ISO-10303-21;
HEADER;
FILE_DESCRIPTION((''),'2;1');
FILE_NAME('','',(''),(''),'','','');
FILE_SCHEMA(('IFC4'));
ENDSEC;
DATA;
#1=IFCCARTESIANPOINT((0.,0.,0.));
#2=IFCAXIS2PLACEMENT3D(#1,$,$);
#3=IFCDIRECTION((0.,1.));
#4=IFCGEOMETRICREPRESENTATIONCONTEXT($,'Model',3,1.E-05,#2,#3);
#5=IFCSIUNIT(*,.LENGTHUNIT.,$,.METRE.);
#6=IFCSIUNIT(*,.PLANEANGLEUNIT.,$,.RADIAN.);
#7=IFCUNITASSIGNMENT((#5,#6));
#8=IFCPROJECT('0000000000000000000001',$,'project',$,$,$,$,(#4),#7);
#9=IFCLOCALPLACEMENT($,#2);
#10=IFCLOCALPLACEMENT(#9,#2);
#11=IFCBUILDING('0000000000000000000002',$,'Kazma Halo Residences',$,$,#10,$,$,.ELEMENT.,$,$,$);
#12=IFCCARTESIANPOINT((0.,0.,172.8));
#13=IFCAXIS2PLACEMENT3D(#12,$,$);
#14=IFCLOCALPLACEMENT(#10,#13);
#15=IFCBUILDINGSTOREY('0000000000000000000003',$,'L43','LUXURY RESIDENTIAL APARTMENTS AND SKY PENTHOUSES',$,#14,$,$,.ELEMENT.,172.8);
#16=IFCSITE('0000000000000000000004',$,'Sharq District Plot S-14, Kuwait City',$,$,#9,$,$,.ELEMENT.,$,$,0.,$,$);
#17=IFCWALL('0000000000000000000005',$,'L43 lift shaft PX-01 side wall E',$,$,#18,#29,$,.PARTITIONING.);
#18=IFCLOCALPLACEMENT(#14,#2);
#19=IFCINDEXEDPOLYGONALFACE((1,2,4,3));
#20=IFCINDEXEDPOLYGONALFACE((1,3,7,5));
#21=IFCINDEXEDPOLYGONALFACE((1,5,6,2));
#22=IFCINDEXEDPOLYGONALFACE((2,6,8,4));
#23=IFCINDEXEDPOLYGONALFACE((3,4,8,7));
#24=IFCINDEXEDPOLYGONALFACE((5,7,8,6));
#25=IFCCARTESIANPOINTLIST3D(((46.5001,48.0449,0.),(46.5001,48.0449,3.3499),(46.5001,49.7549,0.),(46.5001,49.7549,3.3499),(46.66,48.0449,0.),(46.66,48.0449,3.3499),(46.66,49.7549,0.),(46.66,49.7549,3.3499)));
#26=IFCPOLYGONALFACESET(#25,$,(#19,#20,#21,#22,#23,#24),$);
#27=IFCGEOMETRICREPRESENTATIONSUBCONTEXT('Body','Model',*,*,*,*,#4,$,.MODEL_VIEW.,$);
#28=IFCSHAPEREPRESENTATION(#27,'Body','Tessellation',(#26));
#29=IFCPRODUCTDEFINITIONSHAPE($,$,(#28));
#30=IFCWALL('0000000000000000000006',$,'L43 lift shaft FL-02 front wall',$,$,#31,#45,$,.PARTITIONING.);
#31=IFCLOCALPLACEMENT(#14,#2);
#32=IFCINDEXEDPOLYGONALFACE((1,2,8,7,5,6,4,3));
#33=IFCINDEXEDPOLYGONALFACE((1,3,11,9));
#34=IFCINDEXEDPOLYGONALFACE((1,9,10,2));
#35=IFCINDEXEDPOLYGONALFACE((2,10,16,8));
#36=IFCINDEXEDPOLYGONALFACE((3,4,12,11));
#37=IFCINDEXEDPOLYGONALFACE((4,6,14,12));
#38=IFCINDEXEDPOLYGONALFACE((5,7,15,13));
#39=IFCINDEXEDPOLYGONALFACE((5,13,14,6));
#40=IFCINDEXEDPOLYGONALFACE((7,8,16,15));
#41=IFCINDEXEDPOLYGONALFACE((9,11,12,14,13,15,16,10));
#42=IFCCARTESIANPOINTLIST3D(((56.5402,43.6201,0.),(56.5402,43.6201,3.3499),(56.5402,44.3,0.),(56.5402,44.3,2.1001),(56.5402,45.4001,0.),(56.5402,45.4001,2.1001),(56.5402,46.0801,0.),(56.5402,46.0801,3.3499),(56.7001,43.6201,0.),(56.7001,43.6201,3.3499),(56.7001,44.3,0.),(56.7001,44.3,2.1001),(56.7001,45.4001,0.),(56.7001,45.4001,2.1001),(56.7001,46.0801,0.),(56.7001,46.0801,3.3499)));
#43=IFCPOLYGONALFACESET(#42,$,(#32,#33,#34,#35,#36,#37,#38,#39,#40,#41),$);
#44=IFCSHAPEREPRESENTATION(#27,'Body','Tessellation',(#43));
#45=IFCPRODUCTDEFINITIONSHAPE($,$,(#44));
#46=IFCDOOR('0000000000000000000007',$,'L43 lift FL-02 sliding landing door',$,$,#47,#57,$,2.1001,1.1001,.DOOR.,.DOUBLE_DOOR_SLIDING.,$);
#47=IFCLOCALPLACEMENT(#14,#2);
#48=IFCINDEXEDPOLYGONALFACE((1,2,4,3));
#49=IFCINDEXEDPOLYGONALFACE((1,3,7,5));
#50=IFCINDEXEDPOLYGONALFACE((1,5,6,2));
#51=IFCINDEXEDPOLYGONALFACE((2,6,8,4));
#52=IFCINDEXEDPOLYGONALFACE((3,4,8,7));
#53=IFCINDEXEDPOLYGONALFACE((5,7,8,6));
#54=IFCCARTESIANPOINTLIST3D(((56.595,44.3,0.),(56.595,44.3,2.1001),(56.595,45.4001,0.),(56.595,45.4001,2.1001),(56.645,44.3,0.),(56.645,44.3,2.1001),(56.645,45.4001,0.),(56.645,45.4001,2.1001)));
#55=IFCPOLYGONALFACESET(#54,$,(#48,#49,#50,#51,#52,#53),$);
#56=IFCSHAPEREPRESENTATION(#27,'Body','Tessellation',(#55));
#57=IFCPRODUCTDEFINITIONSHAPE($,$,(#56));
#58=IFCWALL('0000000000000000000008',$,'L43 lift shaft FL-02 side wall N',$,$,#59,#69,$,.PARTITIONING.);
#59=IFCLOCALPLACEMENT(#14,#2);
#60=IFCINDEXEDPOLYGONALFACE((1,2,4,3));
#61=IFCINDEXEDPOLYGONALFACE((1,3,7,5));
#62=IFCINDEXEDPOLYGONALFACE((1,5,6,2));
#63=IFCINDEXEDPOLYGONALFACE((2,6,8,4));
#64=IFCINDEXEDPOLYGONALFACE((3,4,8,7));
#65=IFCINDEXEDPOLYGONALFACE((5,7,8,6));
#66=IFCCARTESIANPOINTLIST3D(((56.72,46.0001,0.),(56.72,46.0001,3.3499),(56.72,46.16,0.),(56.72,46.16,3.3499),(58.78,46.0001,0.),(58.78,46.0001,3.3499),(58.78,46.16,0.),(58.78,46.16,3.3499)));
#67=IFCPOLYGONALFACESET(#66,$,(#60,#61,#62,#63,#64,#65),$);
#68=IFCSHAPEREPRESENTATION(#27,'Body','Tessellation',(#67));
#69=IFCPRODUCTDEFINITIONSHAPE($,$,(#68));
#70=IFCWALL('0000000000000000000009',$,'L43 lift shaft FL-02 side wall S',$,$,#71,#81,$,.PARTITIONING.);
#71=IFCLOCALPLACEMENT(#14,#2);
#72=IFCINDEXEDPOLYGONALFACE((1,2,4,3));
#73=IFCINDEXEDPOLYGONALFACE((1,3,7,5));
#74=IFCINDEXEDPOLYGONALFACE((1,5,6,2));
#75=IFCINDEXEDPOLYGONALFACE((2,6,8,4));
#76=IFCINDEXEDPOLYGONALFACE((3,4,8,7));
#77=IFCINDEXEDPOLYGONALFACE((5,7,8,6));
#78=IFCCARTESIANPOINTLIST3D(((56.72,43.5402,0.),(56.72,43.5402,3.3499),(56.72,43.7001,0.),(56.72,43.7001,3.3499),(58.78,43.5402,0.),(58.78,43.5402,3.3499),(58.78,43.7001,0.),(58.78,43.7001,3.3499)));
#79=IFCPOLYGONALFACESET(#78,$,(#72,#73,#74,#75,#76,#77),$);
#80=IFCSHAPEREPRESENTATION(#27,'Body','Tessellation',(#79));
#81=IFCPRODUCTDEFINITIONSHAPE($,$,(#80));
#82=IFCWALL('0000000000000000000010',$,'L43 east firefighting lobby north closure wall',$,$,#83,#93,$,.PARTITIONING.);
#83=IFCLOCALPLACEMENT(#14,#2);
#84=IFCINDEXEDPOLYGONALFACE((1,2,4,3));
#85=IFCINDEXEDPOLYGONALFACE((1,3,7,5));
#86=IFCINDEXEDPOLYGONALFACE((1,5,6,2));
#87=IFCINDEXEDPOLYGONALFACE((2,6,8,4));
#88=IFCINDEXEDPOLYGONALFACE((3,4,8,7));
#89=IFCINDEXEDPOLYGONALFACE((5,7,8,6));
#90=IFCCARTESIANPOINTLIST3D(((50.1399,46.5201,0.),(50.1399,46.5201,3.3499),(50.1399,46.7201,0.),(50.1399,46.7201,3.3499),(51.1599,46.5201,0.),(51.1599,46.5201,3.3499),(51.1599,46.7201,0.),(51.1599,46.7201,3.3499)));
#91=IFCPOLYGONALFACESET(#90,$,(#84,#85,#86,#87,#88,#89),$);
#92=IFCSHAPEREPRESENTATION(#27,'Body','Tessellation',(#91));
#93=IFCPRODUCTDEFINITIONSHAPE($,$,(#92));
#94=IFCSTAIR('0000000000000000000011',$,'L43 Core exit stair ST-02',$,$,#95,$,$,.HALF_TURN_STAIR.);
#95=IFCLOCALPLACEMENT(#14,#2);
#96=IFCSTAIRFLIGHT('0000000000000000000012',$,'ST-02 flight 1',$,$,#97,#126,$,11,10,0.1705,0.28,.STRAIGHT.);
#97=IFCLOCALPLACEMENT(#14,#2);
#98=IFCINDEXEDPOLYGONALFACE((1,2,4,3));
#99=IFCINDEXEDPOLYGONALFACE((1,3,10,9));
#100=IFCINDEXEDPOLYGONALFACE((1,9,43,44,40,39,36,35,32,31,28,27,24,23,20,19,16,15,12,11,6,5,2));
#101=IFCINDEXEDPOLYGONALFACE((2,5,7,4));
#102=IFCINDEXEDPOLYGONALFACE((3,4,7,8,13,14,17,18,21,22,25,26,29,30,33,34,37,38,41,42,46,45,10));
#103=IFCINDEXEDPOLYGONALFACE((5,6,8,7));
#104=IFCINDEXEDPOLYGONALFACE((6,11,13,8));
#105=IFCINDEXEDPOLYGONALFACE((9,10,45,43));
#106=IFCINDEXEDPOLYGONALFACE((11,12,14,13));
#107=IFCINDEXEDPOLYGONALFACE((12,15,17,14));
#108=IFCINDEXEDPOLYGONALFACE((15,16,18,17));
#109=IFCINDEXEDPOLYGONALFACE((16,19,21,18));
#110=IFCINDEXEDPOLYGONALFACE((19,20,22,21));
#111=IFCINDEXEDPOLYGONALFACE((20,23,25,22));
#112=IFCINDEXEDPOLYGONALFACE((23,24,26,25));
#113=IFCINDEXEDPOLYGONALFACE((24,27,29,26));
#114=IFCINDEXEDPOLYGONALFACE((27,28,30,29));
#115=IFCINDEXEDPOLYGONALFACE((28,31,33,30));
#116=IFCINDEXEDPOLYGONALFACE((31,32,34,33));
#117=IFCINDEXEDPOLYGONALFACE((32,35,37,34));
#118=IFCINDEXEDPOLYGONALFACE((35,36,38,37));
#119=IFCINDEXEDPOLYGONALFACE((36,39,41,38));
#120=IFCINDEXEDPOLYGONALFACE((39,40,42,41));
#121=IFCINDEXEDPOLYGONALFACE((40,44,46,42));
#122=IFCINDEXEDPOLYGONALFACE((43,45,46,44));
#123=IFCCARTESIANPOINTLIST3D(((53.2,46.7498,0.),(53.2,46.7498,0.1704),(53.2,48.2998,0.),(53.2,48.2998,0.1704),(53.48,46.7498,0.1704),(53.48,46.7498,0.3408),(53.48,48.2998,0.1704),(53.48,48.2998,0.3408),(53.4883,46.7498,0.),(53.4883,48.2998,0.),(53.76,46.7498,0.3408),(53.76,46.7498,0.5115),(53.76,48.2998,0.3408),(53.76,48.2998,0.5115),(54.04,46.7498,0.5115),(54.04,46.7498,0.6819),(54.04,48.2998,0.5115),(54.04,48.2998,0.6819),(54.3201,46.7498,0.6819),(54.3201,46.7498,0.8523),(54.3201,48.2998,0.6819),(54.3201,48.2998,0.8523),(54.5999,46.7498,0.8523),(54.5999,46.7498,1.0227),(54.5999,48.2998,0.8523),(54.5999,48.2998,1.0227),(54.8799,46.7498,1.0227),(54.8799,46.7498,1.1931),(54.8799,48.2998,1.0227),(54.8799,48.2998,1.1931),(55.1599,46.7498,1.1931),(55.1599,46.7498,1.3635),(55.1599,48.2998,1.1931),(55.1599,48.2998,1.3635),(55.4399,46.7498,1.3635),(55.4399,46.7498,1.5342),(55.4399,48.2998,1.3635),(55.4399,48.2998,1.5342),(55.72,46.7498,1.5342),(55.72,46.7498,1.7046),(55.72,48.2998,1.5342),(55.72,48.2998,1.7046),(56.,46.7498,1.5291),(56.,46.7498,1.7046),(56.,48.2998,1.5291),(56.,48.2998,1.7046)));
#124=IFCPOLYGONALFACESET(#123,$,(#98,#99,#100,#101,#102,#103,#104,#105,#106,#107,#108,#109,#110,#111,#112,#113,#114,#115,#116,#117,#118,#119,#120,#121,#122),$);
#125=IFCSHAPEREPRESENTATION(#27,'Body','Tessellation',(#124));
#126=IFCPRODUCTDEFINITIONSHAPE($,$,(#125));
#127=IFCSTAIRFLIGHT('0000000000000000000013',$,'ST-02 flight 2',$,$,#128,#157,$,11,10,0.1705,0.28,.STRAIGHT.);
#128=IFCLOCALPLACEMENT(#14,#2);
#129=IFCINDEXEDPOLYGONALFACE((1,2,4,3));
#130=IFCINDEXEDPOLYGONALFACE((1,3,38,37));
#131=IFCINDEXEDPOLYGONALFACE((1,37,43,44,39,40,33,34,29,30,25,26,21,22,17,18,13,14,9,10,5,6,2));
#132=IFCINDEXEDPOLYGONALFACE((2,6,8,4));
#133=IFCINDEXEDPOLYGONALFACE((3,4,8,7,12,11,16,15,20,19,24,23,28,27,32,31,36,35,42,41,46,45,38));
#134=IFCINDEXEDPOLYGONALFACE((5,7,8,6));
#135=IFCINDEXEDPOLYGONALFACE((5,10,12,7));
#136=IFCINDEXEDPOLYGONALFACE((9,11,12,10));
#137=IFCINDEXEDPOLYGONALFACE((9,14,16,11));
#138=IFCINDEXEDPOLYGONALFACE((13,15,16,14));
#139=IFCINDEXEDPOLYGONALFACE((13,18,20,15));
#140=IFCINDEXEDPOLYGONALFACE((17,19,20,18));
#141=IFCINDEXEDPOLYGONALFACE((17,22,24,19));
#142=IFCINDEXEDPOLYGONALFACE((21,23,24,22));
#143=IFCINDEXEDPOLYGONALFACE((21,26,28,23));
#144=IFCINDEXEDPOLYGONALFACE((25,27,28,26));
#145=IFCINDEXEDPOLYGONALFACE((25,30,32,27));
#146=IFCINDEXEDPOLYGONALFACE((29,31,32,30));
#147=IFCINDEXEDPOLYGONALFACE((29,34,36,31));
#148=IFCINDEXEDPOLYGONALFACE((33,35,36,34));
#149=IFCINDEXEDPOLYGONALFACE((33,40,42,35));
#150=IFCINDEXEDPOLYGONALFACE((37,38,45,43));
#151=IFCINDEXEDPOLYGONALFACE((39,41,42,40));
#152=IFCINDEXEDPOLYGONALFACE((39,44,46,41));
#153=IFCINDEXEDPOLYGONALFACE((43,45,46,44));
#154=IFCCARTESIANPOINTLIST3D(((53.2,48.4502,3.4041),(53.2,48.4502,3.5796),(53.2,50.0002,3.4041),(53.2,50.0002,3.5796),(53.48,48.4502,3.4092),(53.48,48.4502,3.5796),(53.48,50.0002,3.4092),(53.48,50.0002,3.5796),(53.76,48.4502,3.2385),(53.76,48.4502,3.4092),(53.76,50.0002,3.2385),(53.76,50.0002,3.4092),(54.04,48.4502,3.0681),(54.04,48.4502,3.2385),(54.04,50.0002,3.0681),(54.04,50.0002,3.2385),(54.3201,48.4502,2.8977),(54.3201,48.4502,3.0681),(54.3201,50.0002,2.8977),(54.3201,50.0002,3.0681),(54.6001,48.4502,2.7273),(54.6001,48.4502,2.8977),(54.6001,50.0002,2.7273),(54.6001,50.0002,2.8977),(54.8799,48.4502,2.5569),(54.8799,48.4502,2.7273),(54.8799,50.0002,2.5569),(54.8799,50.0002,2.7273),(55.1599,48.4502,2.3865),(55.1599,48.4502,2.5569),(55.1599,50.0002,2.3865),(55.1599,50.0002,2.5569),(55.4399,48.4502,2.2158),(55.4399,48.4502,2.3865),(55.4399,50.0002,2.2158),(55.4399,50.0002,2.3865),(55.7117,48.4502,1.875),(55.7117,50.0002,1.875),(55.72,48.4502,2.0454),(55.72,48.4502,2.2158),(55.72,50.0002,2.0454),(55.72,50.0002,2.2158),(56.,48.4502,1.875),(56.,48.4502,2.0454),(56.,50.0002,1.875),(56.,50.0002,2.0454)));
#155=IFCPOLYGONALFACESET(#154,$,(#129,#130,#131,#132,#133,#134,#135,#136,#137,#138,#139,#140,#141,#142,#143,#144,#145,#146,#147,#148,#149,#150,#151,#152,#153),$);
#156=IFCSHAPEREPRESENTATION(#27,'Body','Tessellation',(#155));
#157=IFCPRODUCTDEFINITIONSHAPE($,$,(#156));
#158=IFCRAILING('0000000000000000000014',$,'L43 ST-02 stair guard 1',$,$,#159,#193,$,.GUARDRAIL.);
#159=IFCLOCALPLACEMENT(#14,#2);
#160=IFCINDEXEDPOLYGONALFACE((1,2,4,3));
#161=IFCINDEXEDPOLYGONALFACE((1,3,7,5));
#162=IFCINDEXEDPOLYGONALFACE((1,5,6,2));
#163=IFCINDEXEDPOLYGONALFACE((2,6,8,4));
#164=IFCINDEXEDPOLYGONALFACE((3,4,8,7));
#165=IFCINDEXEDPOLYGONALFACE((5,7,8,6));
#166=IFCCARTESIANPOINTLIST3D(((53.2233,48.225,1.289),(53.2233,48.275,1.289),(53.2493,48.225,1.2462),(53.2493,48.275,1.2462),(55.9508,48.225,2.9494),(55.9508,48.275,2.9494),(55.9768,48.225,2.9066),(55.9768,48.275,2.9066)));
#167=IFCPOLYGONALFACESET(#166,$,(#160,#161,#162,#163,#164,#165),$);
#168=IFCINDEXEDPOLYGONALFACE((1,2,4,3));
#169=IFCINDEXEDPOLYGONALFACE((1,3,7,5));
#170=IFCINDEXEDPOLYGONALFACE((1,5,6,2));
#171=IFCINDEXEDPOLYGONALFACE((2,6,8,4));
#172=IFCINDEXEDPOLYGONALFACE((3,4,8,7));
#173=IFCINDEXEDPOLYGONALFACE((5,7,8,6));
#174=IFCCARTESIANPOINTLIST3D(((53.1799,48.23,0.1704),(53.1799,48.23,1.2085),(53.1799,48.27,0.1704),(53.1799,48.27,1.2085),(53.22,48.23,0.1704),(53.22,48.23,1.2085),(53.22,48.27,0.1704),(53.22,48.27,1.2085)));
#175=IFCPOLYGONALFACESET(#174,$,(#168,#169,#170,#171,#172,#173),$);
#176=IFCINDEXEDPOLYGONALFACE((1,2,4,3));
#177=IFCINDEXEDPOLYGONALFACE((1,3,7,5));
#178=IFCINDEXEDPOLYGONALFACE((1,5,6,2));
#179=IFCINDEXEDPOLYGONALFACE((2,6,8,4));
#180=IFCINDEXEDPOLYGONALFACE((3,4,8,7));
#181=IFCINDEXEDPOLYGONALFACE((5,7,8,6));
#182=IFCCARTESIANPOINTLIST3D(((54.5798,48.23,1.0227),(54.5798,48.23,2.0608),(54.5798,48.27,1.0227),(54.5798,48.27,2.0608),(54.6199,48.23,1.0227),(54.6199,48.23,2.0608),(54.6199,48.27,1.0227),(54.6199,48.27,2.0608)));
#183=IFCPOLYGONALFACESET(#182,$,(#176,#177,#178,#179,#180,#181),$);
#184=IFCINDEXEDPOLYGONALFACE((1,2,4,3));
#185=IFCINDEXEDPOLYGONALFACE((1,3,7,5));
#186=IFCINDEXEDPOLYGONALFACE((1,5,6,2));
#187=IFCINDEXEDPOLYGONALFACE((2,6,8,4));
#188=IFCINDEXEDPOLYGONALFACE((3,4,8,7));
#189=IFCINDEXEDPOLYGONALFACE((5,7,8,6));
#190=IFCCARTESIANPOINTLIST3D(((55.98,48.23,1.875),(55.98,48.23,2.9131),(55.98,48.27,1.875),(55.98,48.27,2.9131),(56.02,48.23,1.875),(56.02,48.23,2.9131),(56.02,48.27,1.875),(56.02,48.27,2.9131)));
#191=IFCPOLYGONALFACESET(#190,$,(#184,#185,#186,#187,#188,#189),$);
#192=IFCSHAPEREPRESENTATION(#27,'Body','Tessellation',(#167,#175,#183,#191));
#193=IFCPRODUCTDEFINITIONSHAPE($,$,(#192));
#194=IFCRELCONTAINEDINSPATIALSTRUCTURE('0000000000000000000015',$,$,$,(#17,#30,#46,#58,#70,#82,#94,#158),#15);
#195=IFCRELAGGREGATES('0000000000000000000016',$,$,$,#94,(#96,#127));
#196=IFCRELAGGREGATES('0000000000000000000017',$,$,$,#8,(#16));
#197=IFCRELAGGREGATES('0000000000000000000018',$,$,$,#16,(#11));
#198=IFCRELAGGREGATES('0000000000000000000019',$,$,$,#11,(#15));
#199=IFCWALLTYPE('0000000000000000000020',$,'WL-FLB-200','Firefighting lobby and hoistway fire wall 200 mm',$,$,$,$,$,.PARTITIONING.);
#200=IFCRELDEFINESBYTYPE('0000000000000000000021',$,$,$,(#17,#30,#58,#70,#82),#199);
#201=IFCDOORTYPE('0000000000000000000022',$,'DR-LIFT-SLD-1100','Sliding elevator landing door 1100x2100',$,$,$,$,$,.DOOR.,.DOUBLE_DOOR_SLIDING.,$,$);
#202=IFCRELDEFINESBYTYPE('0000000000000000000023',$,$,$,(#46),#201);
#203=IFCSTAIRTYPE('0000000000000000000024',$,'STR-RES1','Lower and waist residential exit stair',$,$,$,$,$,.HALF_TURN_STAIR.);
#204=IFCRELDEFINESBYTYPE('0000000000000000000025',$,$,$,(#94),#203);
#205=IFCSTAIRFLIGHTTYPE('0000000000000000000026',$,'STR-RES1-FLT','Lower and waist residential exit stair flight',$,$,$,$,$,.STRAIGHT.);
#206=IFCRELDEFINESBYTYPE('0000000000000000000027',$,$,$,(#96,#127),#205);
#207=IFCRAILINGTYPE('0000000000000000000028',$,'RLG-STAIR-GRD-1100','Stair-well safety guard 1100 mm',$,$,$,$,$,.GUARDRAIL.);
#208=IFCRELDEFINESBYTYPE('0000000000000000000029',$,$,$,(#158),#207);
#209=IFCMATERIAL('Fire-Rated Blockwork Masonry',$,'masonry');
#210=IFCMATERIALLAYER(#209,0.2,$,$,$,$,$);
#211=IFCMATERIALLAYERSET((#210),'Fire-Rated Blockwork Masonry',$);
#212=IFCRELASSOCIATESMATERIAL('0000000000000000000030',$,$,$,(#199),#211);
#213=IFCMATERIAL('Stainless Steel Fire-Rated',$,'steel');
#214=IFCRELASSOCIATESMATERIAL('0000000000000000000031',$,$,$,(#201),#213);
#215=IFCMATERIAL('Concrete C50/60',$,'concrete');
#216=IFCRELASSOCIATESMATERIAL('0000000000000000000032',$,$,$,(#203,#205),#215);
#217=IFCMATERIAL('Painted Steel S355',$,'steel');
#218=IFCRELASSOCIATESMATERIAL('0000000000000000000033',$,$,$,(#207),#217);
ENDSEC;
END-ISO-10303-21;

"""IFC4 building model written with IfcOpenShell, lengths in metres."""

from ifc_helpers import new_model, si_unit, direction, frame, frame_2d, origin, origin_2d, place, context, subcontext, project, spatial, polyline, rectangle, outline, extrude, material, layer, layer_set, type_object, element, fill, aggregate, save


model = new_model("IFC4")

# Units and contexts
model_context = context("Model", 3, precision=1e-05, world=origin(), true_north=direction((0.0, 1.0)))
body_context = subcontext(model_context, "Body", "Model", "MODEL_VIEW")
ifc_project = project(units=[si_unit("LENGTHUNIT", "METRE"), si_unit("PLANEANGLEUNIT", "RADIAN")], contexts=[model_context])

# Site, building, storey
site_placement = place(None, origin())
site = spatial("IfcSite", under=ifc_project, at=site_placement, Name="Sharq District Plot S-14, Kuwait City", CompositionType="ELEMENT", RefElevation=0.0)
building_placement = place(site_placement, origin())
building = spatial("IfcBuilding", under=site, at=building_placement, Name="Kazma Halo Residences", CompositionType="ELEMENT")
storey_placement = place(building_placement, frame((0.0, 0.0, 172.8)))
storey = spatial("IfcBuildingStorey", under=building, at=storey_placement, Name="L43", Description="LUXURY RESIDENTIAL APARTMENTS AND SKY PENTHOUSES", CompositionType="ELEMENT", Elevation=172.8)

# Wall
ifc_material_1 = material(Name="Fire-Rated Blockwork Masonry", Category="masonry")
ifc_layer_1 = layer(ifc_material_1, 0.2)
ifc_layer_set_1 = layer_set([ifc_layer_1], Name="Fire-Rated Blockwork Masonry")
wall_type_1 = type_object("IfcWallType", Name="WL-FLB-200", Description="Firefighting lobby and hoistway fire wall 200 mm", PredefinedType="PARTITIONING", material=ifc_layer_set_1)
wall_1_placement = place(storey_placement, frame((46.5801, 48.0449, 0.0), z_axis=(0.0, 0.0, 1.0), x_axis=(0.0, 1.0, 0.0)))
element("IfcWall", 1, at=wall_1_placement, inside=storey, type_object=wall_type_1, Name="L43 lift shaft PX-01 side wall E", PredefinedType="PARTITIONING", context=body_context, shape_type="SweptSolid", body=[
    extrude(rectangle(XDim=1.71, YDim=0.1599, at=frame_2d((0.855, 0.0))), origin(), (0.0, 0.0, 1.0), 3.3499),
])

# Wall, opening, door
wall_2_placement = place(storey_placement, frame((56.6201, 46.0801, 0.0), z_axis=(0.0, 0.0, 1.0), x_axis=(0.0, -1.0, 0.0)))
wall_2 = element("IfcWall", 2, at=wall_2_placement, inside=storey, type_object=wall_type_1, Name="L43 lift shaft FL-02 front wall", PredefinedType="PARTITIONING", context=body_context, shape_type="SweptSolid", body=[
    extrude(rectangle(XDim=2.46, YDim=0.1599, at=frame_2d((1.23, 0.0))), origin(), (0.0, 0.0, 1.0), 3.3499),
])
opening_1_placement = place(wall_2_placement, frame((0.6799, 0.0, 0.0)))
opening_1 = element("IfcOpeningElement", 3, at=opening_1_placement, cuts=wall_2, PredefinedType="OPENING", context=body_context, shape_type="SweptSolid", body=[
    extrude(rectangle(XDim=1.1001, YDim=2.1001, at=frame_2d((0.55, 1.05))), frame((0.0, 0.0898, 0.0), z_axis=(0.0, -1.0, 0.0), x_axis=(1.0, 0.0, 0.0)), (0.0, 0.0, 1.0), 0.1799),
])
ifc_material_2 = material(Name="Stainless Steel Fire-Rated", Category="steel")
door_type_1 = type_object("IfcDoorType", Name="DR-LIFT-SLD-1100", Description="Sliding elevator landing door 1100x2100", OperationType="DOUBLE_DOOR_SLIDING", PredefinedType="DOOR", material=ifc_material_2)
door_1_placement = place(opening_1_placement, origin())
door_1 = element("IfcDoor", 4, at=door_1_placement, inside=storey, type_object=door_type_1, Name="L43 lift FL-02 sliding landing door", OperationType="DOUBLE_DOOR_SLIDING", OverallHeight=2.1001, OverallWidth=1.1001, PredefinedType="DOOR", context=body_context, shape_type="SweptSolid", body=[
    extrude(rectangle(XDim=1.1001, YDim=2.1001, at=frame_2d((0.55, 1.05))), frame((0.0, 0.0249, 0.0), z_axis=(0.0, -1.0, 0.0), x_axis=(1.0, 0.0, 0.0)), (0.0, 0.0, 1.0), 0.05),
])
fill(opening_1, door_1)

# Walls
for number, where, z_axis, x_axis, name in (
    (5, (56.72, 46.0801, 0.0), (0.0, 0.0, 1.0), (1.0, 0.0, 0.0), "L43 lift shaft FL-02 side wall N"),
    (6, (56.72, 43.6201, 0.0), (0.0, 0.0, 1.0), (1.0, 0.0, 0.0), "L43 lift shaft FL-02 side wall S"),
):
    element("IfcWall", number, at=place(storey_placement, frame(where, z_axis=z_axis, x_axis=x_axis)), inside=storey, type_object=wall_type_1, Name=name, PredefinedType="PARTITIONING", context=body_context, shape_type="SweptSolid", body=[
        extrude(rectangle(XDim=2.0601, YDim=0.1599, at=frame_2d((1.03, 0.0))), origin(), (0.0, 0.0, 1.0), 3.3499),
    ])
wall_3_placement = place(storey_placement, frame((50.1399, 46.6201, 0.0), z_axis=(0.0, 0.0, 1.0), x_axis=(1.0, 0.0, 0.0)))
element("IfcWall", 7, at=wall_3_placement, inside=storey, type_object=wall_type_1, Name="L43 east firefighting lobby north closure wall", PredefinedType="PARTITIONING", context=body_context, shape_type="SweptSolid", body=[
    extrude(rectangle(XDim=1.02, YDim=0.2, at=frame_2d((0.51, 0.0))), origin(), (0.0, 0.0, 1.0), 3.3499),
])

# Shared definitions
ifc_material_3 = material(Name="Concrete C50/60", Category="concrete")

# Stair, stair flights
stair_type = type_object("IfcStairType", Name="STR-RES1", Description="Lower and waist residential exit stair", PredefinedType="HALF_TURN_STAIR", material=ifc_material_3)
stair_placement = place(storey_placement, origin())
stair = element("IfcStair", 8, at=stair_placement, inside=storey, type_object=stair_type, Name="L43 Core exit stair ST-02", PredefinedType="HALF_TURN_STAIR")
stair_flight_type = type_object("IfcStairFlightType", Name="STR-RES1-FLT", Description="Lower and waist residential exit stair flight", PredefinedType="STRAIGHT", material=ifc_material_3)
stair_flight_1_placement = place(storey_placement, frame((53.2, 47.5249, 0.0), z_axis=(0.0, 0.0, 1.0), x_axis=(1.0, 0.0, 0.0)))
stair_flight_1 = element("IfcStairFlight", 9, at=stair_flight_1_placement, type_object=stair_flight_type, Name="ST-02 flight 1", NumberOfRisers=11, NumberOfTreads=10, PredefinedType="STRAIGHT", RiserHeight=0.1705, TreadLength=0.28, context=body_context, shape_type="SweptSolid", body=[
    extrude(outline(polyline([(0.0, 0.0), (0.0, 0.1704), (0.28, 0.1704), (0.28, 0.3408), (0.5601, 0.3408), (0.5601, 0.5115), (0.8401, 0.5115), (0.8401, 0.6819), (1.1201, 0.6819), (1.1201, 0.8523), (1.3999, 0.8523), (1.3999, 1.0227), (1.6799, 1.0227), (1.6799, 1.1931), (1.96, 1.1931), (1.96, 1.3635), (2.24, 1.3635), (2.24, 1.5342), (2.52, 1.5342), (2.52, 1.7046), (2.8, 1.7046), (2.8, 1.875), (2.8, 1.5291), (0.2883, 0.0), (0.0, 0.0)])), frame((0.0, 0.7749, 0.0), z_axis=(0.0, -1.0, 0.0), x_axis=(1.0, 0.0, 0.0)), (0.0, 0.0, 1.0), 1.55),
])
stair_flight_2_placement = place(storey_placement, frame((56.0, 49.2251, 1.875), z_axis=(0.0, 0.0, 1.0), x_axis=(-1.0, 0.0, 0.0)))
stair_flight_2 = element("IfcStairFlight", 10, at=stair_flight_2_placement, type_object=stair_flight_type, Name="ST-02 flight 2", NumberOfRisers=11, NumberOfTreads=10, PredefinedType="STRAIGHT", RiserHeight=0.1705, TreadLength=0.28, context=body_context, shape_type="SweptSolid", body=[
    extrude(outline(polyline([(0.0, 0.0), (0.0, 0.1704), (0.28, 0.1704), (0.28, 0.3408), (0.5601, 0.3408), (0.5601, 0.5115), (0.8401, 0.5115), (0.8401, 0.6819), (1.1201, 0.6819), (1.1201, 0.8523), (1.3999, 0.8523), (1.3999, 1.0227), (1.6799, 1.0227), (1.6799, 1.1931), (1.96, 1.1931), (1.96, 1.3635), (2.24, 1.3635), (2.24, 1.5342), (2.52, 1.5342), (2.52, 1.7046), (2.8, 1.7046), (2.8, 1.875), (2.8, 1.5291), (0.2883, 0.0), (0.0, 0.0)])), frame((0.0, 0.7749, 0.0), z_axis=(0.0, -1.0, 0.0), x_axis=(1.0, 0.0, 0.0)), (0.0, 0.0, 1.0), 1.55),
])
aggregate(stair, [stair_flight_1, stair_flight_2])

# Railing
ifc_material_4 = material(Name="Painted Steel S355", Category="steel")
railing_type_1 = type_object("IfcRailingType", Name="RLG-STAIR-GRD-1100", Description="Stair-well safety guard 1100 mm", PredefinedType="GUARDRAIL", material=ifc_material_4)
railing_1_placement = place(storey_placement, frame((53.2, 48.25, 0.1704)))
element("IfcRailing", 11, at=railing_1_placement, inside=storey, type_object=railing_type_1, Name="L43 ST-02 stair guard 1", PredefinedType="GUARDRAIL", context=body_context, shape_type="SweptSolid", body=[
    extrude(rectangle(XDim=0.05, YDim=0.05, at=origin_2d()), frame((0.0364, 0.0, 1.0972), z_axis=(0.85417, 0.0, 0.519994), x_axis=(0.0, 1.0, 0.0)), (0.0, 0.0, 1.0), 3.1931),
    extrude(rectangle(XDim=0.04, YDim=0.04, at=origin_2d()), origin(), (0.0, 0.0, 1.0), 1.0381),
    extrude(rectangle(XDim=0.04, YDim=0.04, at=origin_2d()), frame((1.3999, 0.0, 0.8523)), (0.0, 0.0, 1.0), 1.0381),
    extrude(rectangle(XDim=0.04, YDim=0.04, at=origin_2d()), frame((2.8, 0.0, 1.7046)), (0.0, 0.0, 1.0), 1.0381),
])

save(model, "model.ifc")
